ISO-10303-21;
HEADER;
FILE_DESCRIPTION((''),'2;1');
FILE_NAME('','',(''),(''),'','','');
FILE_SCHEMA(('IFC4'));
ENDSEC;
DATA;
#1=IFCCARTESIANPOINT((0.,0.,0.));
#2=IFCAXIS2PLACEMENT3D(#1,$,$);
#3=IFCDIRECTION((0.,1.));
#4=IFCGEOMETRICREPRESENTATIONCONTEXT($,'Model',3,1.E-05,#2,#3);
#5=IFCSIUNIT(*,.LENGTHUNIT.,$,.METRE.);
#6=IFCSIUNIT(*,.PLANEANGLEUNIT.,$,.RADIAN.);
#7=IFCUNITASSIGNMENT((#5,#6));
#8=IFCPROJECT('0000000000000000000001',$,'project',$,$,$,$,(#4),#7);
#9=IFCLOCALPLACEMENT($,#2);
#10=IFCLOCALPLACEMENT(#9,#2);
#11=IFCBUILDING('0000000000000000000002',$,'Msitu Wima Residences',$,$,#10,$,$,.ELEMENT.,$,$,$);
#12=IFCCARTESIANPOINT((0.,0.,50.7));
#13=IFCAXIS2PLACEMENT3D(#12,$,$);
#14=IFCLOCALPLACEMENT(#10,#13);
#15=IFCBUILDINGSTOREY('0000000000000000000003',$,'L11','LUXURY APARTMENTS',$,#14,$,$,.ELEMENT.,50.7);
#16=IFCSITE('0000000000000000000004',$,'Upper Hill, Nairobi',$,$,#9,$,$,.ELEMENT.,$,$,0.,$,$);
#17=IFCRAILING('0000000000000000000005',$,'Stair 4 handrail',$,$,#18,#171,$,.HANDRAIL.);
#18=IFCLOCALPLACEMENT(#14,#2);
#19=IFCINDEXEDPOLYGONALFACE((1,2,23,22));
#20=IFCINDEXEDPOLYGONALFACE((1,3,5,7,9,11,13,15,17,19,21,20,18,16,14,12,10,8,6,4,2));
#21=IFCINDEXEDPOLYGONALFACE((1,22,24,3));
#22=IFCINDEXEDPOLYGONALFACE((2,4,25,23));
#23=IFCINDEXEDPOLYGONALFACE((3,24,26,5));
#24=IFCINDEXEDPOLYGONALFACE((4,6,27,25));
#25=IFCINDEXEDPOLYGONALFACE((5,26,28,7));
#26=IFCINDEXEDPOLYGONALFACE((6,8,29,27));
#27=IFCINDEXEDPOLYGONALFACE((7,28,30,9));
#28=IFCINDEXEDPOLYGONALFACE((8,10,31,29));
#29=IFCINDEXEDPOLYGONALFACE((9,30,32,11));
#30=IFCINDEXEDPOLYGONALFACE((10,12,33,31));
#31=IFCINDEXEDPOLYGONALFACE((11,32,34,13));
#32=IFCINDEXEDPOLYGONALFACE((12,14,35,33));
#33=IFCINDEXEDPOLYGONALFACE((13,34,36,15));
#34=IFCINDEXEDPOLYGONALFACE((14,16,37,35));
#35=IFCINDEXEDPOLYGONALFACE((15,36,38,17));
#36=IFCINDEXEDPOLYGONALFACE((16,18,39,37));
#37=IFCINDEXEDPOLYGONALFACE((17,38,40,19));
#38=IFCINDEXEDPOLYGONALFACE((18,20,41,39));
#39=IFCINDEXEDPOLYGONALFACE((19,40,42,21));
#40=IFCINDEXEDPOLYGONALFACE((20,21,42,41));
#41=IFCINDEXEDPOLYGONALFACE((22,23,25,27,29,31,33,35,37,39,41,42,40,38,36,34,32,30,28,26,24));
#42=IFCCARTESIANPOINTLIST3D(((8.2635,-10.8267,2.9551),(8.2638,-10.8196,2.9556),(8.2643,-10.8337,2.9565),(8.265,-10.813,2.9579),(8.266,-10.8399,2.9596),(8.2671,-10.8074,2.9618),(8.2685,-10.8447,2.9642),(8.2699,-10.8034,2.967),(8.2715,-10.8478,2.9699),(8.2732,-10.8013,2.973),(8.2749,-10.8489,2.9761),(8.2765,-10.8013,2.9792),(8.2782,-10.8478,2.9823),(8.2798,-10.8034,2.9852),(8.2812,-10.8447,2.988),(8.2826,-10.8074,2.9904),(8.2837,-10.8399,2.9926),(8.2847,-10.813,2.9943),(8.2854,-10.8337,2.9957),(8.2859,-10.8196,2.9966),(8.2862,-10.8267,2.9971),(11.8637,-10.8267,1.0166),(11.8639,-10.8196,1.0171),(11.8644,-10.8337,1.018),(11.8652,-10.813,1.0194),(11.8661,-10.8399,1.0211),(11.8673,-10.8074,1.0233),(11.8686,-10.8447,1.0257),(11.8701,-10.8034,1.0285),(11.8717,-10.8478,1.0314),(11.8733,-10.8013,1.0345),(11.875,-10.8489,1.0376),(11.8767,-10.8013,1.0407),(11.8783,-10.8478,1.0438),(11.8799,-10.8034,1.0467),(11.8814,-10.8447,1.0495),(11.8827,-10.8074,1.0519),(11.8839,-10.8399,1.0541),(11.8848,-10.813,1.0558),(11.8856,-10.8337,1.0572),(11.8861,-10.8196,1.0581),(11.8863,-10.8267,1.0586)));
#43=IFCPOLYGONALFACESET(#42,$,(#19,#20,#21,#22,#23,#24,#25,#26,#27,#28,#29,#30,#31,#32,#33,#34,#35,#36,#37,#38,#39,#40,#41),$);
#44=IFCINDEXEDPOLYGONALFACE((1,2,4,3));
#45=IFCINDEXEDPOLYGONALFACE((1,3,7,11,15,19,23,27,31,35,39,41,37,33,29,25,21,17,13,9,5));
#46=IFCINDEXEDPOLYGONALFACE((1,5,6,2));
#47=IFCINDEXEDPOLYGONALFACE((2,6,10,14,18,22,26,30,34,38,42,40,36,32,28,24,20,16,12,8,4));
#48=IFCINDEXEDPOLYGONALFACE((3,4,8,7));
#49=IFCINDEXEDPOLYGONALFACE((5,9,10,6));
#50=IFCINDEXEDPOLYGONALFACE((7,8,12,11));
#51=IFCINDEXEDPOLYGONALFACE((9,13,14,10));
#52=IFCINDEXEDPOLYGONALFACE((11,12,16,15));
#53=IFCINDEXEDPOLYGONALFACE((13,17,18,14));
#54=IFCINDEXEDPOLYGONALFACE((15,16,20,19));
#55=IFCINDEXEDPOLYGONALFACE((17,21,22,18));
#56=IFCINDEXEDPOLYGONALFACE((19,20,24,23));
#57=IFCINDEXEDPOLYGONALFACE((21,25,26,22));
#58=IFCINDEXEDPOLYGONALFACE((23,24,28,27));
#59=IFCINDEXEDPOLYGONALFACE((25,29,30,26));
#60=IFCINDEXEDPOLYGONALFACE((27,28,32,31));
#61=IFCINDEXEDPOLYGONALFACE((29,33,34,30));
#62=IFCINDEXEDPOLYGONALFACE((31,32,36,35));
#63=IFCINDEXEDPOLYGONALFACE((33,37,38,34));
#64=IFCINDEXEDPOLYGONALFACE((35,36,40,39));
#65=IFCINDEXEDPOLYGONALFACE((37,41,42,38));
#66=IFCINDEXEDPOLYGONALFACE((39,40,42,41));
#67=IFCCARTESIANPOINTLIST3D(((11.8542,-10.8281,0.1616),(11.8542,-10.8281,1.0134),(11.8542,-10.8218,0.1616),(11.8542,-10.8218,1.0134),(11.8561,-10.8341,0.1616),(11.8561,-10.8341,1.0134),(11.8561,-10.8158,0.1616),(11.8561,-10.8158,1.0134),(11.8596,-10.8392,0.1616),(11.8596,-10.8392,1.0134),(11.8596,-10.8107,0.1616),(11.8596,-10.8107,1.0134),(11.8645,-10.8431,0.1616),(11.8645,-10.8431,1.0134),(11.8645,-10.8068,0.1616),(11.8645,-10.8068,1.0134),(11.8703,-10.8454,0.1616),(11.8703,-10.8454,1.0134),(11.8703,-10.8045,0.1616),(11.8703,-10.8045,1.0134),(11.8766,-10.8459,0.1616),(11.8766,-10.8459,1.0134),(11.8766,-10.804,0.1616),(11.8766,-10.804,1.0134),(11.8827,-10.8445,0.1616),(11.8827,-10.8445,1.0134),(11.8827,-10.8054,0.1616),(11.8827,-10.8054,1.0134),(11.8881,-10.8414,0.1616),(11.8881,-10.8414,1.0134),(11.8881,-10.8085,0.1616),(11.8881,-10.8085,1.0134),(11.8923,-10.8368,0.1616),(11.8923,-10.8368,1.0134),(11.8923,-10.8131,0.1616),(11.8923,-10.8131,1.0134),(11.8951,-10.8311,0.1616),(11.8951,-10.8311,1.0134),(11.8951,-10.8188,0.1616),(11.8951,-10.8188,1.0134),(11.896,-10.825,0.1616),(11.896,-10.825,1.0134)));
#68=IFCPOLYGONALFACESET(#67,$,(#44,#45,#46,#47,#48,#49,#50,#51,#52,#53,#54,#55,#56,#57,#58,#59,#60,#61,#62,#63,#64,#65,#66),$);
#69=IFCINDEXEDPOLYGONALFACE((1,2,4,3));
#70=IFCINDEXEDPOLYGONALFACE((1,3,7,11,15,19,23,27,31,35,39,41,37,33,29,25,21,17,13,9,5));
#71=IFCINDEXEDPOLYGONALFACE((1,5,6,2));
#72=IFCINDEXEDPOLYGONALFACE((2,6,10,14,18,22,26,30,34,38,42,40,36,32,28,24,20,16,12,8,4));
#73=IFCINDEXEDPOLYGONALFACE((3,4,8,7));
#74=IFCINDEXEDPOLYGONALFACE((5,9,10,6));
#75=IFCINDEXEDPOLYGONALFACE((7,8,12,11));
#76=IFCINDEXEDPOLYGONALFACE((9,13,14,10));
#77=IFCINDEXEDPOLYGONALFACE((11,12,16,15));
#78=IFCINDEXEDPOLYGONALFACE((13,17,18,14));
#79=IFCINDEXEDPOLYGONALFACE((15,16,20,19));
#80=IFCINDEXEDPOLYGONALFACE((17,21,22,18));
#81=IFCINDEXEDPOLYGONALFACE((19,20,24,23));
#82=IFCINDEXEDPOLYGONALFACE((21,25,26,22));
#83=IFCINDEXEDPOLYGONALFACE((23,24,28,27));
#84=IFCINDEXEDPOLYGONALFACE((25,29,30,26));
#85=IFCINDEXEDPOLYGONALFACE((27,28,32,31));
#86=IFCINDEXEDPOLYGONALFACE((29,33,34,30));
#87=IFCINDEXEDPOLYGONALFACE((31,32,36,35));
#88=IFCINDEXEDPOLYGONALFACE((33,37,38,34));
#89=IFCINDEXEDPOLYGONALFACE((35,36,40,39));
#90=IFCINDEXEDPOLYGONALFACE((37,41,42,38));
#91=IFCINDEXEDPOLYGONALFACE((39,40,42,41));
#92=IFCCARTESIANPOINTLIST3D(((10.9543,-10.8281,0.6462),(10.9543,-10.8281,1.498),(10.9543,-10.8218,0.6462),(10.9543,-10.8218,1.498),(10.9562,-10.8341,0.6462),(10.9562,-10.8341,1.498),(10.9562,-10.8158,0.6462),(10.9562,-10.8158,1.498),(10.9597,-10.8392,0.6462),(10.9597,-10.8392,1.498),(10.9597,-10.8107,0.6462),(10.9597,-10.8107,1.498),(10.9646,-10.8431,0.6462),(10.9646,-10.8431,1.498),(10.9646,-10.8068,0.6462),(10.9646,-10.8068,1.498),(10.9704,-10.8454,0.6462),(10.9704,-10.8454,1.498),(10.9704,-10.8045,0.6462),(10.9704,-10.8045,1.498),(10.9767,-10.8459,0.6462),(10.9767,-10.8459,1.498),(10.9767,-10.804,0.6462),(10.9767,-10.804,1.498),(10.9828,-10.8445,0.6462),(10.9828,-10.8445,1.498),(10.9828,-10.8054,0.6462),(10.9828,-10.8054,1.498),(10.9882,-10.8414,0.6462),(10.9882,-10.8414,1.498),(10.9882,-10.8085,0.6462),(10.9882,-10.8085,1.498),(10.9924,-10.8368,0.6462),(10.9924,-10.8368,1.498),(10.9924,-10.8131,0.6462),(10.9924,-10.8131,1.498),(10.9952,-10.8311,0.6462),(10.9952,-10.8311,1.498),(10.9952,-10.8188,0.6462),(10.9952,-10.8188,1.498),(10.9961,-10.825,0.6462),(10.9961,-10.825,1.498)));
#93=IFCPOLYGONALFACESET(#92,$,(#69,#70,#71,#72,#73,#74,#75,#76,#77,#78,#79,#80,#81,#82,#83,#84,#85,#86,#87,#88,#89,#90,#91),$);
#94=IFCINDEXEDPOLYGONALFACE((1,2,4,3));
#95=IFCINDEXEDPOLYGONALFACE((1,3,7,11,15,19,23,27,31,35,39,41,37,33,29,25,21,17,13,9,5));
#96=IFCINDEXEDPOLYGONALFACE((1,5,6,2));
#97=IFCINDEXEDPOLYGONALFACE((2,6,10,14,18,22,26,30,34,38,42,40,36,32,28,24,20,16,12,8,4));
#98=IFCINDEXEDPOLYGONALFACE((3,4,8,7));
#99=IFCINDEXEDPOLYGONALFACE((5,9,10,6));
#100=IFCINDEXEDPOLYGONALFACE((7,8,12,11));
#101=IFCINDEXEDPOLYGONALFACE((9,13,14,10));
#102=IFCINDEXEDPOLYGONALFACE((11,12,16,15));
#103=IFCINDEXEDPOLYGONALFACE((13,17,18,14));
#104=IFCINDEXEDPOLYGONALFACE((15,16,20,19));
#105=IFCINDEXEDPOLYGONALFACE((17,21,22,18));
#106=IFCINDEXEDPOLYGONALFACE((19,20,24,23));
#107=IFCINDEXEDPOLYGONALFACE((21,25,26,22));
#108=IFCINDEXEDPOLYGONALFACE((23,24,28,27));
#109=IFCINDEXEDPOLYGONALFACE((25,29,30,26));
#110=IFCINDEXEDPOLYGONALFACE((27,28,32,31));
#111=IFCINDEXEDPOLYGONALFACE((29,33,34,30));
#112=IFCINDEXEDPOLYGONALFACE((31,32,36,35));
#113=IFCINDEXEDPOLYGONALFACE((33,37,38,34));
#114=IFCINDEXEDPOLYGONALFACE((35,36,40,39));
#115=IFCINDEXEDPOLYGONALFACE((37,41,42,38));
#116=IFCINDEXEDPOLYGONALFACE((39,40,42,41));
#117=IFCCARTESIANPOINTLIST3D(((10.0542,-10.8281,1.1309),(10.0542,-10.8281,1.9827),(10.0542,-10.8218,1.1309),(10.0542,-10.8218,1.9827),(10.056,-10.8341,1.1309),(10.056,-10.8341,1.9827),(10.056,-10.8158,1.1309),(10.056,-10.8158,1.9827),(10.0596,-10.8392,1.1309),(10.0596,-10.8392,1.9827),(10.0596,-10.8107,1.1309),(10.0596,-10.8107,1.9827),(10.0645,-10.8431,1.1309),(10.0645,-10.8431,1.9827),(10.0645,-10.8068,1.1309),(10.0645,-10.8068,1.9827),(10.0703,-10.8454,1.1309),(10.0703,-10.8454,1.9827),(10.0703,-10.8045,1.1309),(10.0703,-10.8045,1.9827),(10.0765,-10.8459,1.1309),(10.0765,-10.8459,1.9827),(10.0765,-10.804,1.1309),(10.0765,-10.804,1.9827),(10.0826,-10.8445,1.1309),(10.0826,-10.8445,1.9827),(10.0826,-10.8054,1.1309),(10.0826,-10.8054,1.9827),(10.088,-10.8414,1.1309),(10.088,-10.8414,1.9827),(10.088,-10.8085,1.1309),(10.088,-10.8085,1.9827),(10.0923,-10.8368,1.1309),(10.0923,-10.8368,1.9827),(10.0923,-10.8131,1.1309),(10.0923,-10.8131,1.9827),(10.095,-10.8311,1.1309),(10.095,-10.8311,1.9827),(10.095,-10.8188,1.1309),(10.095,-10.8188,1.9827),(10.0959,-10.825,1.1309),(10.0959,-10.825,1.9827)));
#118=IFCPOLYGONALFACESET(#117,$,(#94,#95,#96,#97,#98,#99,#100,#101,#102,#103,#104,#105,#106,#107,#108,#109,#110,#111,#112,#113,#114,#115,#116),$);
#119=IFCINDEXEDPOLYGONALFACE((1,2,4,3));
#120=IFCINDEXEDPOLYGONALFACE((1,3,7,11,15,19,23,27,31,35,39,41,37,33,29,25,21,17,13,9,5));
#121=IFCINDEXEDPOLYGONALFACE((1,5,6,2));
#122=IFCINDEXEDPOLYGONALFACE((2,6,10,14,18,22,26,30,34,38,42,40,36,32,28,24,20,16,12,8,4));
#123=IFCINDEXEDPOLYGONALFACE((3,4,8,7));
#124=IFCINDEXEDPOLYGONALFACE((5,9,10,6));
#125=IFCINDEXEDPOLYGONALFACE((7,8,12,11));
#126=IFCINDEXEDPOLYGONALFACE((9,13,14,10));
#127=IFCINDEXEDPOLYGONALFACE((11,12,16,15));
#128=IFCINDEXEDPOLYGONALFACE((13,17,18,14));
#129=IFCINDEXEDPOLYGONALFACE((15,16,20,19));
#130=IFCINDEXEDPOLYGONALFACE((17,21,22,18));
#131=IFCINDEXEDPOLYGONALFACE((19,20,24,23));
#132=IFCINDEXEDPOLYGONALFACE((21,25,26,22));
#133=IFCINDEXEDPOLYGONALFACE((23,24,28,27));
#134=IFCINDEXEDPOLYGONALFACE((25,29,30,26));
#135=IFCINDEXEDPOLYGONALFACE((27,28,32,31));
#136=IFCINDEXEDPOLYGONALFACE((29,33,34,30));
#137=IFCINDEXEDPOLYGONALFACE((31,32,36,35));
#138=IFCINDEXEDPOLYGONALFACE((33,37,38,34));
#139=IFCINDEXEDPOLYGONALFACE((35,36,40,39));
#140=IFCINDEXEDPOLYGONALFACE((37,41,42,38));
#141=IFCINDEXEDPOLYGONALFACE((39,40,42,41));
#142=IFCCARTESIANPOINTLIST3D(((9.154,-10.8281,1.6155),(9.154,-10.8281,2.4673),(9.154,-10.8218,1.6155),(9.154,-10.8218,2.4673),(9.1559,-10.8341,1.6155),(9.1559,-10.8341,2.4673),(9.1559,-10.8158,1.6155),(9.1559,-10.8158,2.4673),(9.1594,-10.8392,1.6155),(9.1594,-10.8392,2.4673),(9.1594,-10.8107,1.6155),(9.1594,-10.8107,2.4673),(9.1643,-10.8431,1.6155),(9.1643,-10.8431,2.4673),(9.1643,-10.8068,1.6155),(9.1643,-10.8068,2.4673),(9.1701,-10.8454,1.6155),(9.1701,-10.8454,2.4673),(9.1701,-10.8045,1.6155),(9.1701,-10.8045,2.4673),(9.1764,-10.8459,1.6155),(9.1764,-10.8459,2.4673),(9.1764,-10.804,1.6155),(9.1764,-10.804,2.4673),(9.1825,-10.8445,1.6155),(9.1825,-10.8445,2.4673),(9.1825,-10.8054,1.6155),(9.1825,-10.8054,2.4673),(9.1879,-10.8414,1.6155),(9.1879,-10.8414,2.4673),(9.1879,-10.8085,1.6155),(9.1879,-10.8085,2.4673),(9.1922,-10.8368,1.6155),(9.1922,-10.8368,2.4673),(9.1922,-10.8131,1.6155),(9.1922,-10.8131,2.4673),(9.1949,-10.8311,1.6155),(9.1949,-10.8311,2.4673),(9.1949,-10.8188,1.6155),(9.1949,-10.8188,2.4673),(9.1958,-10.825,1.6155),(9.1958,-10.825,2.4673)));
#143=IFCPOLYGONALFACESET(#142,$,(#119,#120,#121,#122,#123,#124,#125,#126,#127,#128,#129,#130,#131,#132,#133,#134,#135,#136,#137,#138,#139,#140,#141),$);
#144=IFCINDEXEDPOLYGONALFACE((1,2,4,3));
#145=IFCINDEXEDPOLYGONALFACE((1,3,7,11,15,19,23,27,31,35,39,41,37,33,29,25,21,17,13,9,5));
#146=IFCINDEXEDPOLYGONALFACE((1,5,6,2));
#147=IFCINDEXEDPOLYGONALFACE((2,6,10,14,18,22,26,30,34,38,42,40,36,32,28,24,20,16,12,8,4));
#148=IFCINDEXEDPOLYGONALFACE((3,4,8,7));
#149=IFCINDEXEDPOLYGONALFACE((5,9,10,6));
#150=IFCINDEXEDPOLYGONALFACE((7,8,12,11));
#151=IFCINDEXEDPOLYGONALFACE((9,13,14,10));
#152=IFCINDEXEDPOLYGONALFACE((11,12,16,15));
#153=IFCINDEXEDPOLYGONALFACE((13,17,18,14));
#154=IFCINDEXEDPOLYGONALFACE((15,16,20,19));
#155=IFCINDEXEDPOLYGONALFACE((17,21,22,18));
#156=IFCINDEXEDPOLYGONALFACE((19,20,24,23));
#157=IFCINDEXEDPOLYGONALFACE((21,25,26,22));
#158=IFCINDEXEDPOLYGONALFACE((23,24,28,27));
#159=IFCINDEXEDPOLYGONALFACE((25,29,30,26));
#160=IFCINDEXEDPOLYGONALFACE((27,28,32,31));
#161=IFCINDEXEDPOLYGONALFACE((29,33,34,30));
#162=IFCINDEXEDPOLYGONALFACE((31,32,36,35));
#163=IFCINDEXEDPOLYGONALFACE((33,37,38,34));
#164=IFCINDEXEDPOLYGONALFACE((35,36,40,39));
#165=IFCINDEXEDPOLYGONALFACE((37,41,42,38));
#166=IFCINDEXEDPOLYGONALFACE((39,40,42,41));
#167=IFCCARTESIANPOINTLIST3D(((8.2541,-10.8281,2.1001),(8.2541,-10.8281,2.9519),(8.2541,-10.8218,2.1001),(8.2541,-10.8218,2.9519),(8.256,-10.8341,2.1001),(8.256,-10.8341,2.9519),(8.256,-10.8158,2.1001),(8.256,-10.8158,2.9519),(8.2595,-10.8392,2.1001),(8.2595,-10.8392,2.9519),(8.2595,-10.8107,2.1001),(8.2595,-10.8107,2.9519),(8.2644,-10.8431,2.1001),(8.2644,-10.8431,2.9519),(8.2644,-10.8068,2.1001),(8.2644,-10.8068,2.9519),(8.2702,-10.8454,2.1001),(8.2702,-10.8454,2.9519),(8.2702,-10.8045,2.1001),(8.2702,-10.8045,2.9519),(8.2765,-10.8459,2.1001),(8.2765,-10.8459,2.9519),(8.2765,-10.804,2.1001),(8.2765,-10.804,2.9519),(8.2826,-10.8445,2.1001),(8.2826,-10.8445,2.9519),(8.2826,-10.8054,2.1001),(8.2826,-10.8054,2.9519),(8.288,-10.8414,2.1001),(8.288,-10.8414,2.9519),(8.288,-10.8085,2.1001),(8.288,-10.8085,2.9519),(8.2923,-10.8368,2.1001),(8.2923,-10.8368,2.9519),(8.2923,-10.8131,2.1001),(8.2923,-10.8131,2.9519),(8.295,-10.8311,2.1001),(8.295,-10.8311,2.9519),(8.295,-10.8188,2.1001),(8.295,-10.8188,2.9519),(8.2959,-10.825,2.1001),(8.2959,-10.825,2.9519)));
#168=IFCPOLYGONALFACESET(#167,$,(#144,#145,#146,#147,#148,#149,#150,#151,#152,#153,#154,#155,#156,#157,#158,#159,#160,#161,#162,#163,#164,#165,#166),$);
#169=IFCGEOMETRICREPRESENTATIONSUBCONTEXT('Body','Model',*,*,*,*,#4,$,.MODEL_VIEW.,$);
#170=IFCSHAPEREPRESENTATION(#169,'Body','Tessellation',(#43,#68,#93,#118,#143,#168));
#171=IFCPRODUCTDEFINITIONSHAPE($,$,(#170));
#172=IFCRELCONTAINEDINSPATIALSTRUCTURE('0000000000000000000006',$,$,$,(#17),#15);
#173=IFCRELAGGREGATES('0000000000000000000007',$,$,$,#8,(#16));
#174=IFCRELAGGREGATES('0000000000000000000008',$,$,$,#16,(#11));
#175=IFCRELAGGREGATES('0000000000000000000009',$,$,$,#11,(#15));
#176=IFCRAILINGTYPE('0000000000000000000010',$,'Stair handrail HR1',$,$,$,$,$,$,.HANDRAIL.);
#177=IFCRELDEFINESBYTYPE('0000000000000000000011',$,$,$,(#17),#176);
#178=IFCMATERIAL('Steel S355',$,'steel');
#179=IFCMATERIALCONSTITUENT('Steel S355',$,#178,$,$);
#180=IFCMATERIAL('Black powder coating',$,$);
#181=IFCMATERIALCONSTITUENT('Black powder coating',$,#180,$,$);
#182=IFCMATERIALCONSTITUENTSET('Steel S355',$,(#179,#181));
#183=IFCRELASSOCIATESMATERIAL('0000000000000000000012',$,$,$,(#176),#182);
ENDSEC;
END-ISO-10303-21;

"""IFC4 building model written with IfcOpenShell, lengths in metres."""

from ifc_helpers import new_model, si_unit, direction, frame, origin, origin_2d, place, context, subcontext, project, spatial, circle, extrude, material, constituent, constituent_set, type_object, element, save


model = new_model("IFC4")

# Units and contexts
model_context = context("Model", 3, precision=1e-05, world=origin(), true_north=direction((0.0, 1.0)))
body_context = subcontext(model_context, "Body", "Model", "MODEL_VIEW")
ifc_project = project(units=[si_unit("LENGTHUNIT", "METRE"), si_unit("PLANEANGLEUNIT", "RADIAN")], contexts=[model_context])

# Site, building, storey
site_placement = place(None, origin())
site = spatial("IfcSite", under=ifc_project, at=site_placement, Name="Upper Hill, Nairobi", CompositionType="ELEMENT", RefElevation=0.0)
building_placement = place(site_placement, origin())
building = spatial("IfcBuilding", under=site, at=building_placement, Name="Msitu Wima Residences", CompositionType="ELEMENT")
storey_placement = place(building_placement, frame((0.0, 0.0, 50.7)))
storey = spatial("IfcBuildingStorey", under=building, at=storey_placement, Name="L11", Description="LUXURY APARTMENTS", CompositionType="ELEMENT", Elevation=50.7)

# Railing
ifc_material_1 = material(Name="Steel S355", Category="steel")
ifc_constituent_1 = constituent(ifc_material_1, Name="Steel S355")
ifc_material_2 = material(Name="Black powder coating")
ifc_constituent_2 = constituent(ifc_material_2, Name="Black powder coating")
ifc_constituent_set = constituent_set(constituents=[ifc_constituent_1, ifc_constituent_2], Name="Steel S355")
railing_type = type_object("IfcRailingType", Name="Stair handrail HR1", PredefinedType="HANDRAIL", material=ifc_constituent_set)
for number, where, name in (
    (1, (11.875, -10.825, 0.1616), "Stair 4 handrail"),
):
    element("IfcRailing", number, at=place(storey_placement, frame(where)), inside=storey, type_object=railing_type, Name=name, PredefinedType="HANDRAIL", context=body_context, shape_type="SweptSolid", body=[
        extrude(circle(Radius=0.0239, at=origin_2d()), frame((0.0, 0.0, 0.876), z_axis=(-0.880475, 0.0, 0.474093), x_axis=(0.0, -1.0, 0.0)), (0.0, 0.0, 1.0), 4.0889),
        extrude(circle(Radius=0.021, at=origin_2d()), origin(), (0.0, 0.0, 1.0), 0.8518),
        extrude(circle(Radius=0.021, at=origin_2d()), frame((-0.8999, 0.0, 0.4846)), (0.0, 0.0, 1.0), 0.8518),
        extrude(circle(Radius=0.021, at=origin_2d()), frame((-1.8, 0.0, 0.9692)), (0.0, 0.0, 1.0), 0.8518),
        extrude(circle(Radius=0.021, at=origin_2d()), frame((-2.7002, 0.0, 1.4539)), (0.0, 0.0, 1.0), 0.8518),
        extrude(circle(Radius=0.021, at=origin_2d()), frame((-3.6001, 0.0, 1.9385)), (0.0, 0.0, 1.0), 0.8518),
    ])

save(model, "model.ifc")
